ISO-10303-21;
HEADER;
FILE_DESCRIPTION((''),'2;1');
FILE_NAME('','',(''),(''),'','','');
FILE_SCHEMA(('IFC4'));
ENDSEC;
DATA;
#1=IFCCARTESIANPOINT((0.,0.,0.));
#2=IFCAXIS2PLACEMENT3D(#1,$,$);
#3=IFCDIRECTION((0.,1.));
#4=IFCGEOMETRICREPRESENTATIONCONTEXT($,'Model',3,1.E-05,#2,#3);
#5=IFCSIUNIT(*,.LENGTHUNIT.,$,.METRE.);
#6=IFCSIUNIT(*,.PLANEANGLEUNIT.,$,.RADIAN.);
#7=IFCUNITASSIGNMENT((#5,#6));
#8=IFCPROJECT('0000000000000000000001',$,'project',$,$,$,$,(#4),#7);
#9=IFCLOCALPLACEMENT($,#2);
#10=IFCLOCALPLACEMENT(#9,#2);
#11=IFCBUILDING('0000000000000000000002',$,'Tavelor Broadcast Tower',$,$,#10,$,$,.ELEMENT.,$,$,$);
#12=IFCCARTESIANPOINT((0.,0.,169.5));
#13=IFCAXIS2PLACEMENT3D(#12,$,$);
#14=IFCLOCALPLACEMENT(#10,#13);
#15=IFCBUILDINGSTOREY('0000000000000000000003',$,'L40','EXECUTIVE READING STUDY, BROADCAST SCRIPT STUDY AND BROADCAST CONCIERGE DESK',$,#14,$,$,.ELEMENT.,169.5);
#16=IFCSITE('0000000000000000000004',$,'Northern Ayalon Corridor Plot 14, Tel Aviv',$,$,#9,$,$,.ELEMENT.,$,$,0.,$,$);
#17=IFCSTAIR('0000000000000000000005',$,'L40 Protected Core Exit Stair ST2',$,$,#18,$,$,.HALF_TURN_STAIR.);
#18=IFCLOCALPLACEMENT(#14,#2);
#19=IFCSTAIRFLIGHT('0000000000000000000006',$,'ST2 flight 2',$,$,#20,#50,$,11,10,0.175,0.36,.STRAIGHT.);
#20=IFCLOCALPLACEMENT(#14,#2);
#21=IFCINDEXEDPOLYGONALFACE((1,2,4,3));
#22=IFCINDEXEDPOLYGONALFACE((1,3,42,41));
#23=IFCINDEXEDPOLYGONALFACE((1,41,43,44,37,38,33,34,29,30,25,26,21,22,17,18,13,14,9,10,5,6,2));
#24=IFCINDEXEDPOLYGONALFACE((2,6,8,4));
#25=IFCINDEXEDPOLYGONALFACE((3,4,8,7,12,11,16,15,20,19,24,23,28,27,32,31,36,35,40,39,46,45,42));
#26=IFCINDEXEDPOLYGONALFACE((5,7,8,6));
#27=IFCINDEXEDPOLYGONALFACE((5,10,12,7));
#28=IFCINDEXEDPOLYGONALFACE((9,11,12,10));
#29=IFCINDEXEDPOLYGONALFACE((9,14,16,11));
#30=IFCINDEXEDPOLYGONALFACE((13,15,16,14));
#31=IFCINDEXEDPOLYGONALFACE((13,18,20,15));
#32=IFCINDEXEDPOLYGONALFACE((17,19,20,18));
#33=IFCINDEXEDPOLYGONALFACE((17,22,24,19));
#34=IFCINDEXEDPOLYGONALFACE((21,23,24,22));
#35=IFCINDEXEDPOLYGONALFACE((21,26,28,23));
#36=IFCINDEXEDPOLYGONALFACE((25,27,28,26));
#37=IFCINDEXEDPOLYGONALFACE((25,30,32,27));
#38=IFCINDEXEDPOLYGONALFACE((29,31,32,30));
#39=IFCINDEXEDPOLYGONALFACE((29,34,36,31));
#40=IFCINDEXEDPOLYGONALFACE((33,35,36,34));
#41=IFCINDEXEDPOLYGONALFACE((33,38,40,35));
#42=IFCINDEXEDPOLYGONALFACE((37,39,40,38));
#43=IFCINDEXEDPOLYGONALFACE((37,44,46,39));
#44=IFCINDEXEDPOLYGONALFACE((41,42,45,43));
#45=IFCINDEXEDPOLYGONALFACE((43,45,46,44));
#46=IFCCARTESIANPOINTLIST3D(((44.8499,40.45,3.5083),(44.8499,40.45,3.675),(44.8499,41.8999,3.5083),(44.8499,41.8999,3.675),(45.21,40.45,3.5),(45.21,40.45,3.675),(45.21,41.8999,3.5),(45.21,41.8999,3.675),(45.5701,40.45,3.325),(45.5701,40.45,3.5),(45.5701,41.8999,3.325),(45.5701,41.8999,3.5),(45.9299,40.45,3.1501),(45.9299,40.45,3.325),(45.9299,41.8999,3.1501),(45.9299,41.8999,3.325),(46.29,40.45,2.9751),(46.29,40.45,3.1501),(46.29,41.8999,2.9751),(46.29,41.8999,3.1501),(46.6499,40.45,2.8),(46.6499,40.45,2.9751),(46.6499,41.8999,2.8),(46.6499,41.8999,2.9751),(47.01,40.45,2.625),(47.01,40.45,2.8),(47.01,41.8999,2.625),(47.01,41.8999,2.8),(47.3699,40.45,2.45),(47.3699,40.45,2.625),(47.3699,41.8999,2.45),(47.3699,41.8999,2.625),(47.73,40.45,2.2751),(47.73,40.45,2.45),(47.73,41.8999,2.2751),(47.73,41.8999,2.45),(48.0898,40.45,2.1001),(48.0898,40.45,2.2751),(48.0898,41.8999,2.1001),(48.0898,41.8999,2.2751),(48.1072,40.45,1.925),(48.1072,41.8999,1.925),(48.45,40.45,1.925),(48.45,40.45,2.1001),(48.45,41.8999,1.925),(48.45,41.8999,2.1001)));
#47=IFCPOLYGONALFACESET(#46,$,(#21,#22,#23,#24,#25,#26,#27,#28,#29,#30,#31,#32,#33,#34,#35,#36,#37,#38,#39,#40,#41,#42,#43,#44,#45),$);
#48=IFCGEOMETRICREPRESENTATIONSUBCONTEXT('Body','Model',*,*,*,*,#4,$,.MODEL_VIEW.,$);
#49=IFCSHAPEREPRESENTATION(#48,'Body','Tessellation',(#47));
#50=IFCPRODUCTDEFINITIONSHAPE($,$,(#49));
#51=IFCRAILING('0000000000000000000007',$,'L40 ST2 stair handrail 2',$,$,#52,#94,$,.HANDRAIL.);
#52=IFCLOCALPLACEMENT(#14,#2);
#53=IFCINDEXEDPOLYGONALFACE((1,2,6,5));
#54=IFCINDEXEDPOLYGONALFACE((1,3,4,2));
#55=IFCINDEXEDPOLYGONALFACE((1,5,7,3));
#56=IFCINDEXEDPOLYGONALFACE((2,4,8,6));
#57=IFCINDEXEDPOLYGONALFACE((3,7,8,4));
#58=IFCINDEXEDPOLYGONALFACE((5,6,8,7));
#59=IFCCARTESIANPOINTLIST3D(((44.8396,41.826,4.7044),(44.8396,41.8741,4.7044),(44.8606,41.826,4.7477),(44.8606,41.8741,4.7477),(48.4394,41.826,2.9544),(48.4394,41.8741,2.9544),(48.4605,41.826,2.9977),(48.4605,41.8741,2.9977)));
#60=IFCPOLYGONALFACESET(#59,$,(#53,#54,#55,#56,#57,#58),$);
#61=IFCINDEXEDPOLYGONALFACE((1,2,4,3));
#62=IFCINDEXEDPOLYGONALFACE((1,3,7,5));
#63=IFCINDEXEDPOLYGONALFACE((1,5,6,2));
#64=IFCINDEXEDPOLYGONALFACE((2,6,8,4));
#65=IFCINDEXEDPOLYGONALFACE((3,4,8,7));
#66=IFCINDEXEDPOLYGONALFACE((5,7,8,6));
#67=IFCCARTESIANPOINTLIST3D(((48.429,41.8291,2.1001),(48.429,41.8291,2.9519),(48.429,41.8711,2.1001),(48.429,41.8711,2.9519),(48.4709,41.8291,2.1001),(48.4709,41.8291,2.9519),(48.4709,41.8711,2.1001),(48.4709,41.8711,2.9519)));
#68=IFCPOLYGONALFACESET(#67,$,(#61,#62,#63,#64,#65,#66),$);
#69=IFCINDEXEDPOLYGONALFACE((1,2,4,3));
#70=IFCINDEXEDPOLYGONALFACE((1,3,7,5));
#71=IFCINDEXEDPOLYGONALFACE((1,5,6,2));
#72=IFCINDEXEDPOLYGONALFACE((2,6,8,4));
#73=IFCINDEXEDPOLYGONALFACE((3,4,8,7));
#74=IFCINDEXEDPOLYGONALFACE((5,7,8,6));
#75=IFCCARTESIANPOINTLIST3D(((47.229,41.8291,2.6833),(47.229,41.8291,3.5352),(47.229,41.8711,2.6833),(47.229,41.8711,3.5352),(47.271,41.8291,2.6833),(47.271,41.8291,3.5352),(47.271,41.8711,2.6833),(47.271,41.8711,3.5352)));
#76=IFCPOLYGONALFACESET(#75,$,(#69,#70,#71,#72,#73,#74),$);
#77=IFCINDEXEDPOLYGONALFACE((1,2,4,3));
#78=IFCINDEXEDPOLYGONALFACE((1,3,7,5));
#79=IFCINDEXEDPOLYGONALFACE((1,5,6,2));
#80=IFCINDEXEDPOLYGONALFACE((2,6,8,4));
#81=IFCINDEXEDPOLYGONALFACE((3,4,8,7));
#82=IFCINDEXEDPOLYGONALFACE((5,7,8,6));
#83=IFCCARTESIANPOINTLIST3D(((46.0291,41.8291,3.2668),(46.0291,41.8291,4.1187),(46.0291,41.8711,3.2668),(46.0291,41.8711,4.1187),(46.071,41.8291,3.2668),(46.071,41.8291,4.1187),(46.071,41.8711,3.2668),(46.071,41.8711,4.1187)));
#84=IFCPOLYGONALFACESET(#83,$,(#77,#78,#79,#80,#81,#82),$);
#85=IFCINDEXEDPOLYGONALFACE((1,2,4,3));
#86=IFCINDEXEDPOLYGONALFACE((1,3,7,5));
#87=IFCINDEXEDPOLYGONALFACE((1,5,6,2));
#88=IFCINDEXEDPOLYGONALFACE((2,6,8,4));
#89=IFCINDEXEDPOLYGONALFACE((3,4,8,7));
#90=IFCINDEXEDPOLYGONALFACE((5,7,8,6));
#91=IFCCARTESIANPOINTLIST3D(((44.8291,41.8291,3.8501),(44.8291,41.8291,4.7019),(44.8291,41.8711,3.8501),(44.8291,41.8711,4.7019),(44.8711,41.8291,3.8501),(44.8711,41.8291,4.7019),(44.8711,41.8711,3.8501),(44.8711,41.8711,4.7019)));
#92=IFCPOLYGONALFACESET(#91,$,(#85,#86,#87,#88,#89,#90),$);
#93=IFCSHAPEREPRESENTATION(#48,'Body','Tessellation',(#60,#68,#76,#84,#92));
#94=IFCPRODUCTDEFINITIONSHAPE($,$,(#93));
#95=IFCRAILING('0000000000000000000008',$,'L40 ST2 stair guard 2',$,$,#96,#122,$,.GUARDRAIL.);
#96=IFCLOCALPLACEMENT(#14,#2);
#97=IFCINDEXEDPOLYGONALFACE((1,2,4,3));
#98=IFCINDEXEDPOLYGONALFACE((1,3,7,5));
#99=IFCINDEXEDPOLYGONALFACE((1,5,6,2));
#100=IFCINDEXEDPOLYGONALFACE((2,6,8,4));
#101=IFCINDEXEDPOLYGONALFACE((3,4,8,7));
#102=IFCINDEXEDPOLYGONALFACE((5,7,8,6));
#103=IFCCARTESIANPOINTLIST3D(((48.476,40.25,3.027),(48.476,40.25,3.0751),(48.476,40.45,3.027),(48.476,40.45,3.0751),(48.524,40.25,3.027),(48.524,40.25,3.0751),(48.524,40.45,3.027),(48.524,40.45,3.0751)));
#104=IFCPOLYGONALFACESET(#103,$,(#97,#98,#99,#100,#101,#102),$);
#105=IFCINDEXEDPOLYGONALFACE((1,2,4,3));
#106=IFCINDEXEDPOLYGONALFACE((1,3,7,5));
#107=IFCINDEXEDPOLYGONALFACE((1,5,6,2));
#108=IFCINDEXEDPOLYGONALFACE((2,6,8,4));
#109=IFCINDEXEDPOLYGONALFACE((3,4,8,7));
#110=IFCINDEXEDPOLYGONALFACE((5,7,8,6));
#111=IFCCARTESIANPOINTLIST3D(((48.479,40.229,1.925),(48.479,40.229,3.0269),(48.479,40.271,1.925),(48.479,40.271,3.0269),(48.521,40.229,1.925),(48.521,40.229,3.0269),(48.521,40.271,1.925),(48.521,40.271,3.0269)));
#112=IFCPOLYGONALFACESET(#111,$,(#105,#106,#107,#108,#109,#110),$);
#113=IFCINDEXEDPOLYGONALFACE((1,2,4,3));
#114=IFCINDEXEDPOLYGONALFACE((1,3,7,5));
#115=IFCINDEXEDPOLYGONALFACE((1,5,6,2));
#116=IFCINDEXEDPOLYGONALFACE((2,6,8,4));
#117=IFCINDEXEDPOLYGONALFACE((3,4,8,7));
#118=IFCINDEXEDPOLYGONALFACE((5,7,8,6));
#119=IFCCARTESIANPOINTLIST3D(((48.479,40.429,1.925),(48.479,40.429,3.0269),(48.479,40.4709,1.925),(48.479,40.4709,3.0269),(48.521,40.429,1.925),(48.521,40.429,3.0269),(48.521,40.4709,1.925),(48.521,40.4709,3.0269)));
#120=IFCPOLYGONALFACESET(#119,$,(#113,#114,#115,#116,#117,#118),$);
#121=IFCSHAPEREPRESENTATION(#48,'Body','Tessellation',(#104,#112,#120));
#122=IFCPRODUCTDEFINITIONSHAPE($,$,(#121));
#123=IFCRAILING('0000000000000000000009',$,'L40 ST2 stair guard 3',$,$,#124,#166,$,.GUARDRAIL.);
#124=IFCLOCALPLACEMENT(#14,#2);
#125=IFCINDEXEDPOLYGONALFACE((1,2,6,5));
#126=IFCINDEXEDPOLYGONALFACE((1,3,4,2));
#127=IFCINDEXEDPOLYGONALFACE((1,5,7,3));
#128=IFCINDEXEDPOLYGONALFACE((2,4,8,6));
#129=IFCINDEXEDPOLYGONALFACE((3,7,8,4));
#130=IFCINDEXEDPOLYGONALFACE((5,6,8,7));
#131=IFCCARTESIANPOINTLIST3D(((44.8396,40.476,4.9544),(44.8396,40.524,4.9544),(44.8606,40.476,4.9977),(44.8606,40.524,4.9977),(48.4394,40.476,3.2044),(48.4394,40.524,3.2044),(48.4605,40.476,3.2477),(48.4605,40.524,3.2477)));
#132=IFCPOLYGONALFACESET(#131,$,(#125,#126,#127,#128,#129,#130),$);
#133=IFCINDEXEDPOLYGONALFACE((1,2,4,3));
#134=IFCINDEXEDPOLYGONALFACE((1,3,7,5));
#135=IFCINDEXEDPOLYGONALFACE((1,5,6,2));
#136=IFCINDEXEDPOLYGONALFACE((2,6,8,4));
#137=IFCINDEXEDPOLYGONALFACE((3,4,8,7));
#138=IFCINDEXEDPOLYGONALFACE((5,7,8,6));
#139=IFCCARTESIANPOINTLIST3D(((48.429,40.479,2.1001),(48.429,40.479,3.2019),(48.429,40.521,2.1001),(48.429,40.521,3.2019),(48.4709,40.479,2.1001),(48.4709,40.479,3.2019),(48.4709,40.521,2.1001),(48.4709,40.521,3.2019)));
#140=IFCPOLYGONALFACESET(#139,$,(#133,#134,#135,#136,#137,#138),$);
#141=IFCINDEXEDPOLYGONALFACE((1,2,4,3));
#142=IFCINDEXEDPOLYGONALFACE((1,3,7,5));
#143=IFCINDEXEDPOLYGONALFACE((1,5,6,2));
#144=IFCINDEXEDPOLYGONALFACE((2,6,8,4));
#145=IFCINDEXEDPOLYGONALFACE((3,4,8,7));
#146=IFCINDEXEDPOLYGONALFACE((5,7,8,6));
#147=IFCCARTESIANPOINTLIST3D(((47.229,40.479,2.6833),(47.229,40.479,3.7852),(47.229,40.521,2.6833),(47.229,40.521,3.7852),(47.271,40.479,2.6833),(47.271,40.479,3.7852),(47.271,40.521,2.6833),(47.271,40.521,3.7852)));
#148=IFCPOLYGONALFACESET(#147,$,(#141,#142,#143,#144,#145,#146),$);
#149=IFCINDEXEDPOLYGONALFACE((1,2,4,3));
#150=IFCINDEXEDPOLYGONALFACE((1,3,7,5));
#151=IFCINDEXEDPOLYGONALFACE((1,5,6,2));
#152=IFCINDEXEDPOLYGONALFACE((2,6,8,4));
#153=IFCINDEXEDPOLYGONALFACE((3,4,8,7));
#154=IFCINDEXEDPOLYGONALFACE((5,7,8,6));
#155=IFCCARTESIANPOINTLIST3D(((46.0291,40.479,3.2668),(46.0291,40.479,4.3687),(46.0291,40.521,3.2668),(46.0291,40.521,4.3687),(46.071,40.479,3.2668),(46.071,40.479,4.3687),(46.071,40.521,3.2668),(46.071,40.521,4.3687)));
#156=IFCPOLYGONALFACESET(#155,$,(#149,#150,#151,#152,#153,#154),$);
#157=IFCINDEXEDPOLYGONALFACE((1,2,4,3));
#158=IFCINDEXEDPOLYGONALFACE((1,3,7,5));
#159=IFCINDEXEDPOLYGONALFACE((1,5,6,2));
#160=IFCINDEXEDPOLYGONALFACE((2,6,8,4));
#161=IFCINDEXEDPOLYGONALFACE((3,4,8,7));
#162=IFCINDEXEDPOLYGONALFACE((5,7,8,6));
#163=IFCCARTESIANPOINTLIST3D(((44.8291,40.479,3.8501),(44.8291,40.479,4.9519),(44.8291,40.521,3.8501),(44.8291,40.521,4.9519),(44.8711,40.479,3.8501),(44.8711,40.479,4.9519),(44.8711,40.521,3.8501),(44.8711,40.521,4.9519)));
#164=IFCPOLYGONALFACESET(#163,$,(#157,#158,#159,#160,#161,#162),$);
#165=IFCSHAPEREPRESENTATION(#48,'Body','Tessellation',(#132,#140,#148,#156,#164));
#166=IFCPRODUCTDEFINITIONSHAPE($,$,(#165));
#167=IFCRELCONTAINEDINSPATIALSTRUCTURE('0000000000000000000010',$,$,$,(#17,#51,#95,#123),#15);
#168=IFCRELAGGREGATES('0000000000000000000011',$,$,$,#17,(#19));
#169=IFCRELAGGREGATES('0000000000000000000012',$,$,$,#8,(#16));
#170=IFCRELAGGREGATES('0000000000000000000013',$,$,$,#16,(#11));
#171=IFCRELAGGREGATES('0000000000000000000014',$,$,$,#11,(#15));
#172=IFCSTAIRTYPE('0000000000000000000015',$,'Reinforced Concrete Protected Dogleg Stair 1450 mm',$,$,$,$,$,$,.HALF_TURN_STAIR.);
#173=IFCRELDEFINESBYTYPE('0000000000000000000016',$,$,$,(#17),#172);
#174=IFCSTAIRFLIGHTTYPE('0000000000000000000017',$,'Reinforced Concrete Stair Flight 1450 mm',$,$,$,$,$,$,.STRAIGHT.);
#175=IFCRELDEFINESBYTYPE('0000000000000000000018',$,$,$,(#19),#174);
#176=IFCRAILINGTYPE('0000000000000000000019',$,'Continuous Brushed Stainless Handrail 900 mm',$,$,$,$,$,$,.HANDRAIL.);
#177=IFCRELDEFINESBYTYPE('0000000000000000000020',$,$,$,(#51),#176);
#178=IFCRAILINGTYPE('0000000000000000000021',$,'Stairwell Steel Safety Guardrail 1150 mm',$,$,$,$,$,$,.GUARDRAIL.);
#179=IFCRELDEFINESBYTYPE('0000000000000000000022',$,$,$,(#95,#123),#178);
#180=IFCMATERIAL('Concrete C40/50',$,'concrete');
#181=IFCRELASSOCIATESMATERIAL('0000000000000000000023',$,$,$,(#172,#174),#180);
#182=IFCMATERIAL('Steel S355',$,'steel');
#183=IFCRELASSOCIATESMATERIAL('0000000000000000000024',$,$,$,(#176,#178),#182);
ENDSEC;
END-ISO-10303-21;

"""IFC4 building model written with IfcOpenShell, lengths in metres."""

from ifc_helpers import new_model, si_unit, direction, frame, origin, origin_2d, place, context, subcontext, project, spatial, polyline, rectangle, outline, extrude, material, type_object, element, aggregate, save


model = new_model("IFC4")

# Units and contexts
model_context = context("Model", 3, precision=1e-05, world=origin(), true_north=direction((0.0, 1.0)))
body_context = subcontext(model_context, "Body", "Model", "MODEL_VIEW")
ifc_project = project(units=[si_unit("LENGTHUNIT", "METRE"), si_unit("PLANEANGLEUNIT", "RADIAN")], contexts=[model_context])

# Site, building, storey
site_placement = place(None, origin())
site = spatial("IfcSite", under=ifc_project, at=site_placement, Name="Northern Ayalon Corridor Plot 14, Tel Aviv", CompositionType="ELEMENT", RefElevation=0.0)
building_placement = place(site_placement, origin())
building = spatial("IfcBuilding", under=site, at=building_placement, Name="Tavelor Broadcast Tower", CompositionType="ELEMENT")
storey_placement = place(building_placement, frame((0.0, 0.0, 169.5)))
storey = spatial("IfcBuildingStorey", under=building, at=storey_placement, Name="L40", Description="EXECUTIVE READING STUDY, BROADCAST SCRIPT STUDY AND BROADCAST CONCIERGE DESK", CompositionType="ELEMENT", Elevation=169.5)

# Shared definitions
ifc_material_1 = material(Name="Concrete C40/50", Category="concrete")
ifc_material_2 = material(Name="Steel S355", Category="steel")

# Stair, stair flight
stair_type = type_object("IfcStairType", Name="Reinforced Concrete Protected Dogleg Stair 1450 mm", PredefinedType="HALF_TURN_STAIR", material=ifc_material_1)
stair_placement = place(storey_placement, origin())
stair = element("IfcStair", 1, at=stair_placement, inside=storey, type_object=stair_type, Name="L40 Protected Core Exit Stair ST2", PredefinedType="HALF_TURN_STAIR")
stair_flight_type = type_object("IfcStairFlightType", Name="Reinforced Concrete Stair Flight 1450 mm", PredefinedType="STRAIGHT", material=ifc_material_1)
stair_flight_placement = place(storey_placement, frame((48.45, 41.175, 1.925), z_axis=(0.0, 0.0, 1.0), x_axis=(-1.0, 0.0, 0.0)))
stair_flight = element("IfcStairFlight", 2, at=stair_flight_placement, type_object=stair_flight_type, Name="ST2 flight 2", NumberOfRisers=11, NumberOfTreads=10, PredefinedType="STRAIGHT", RiserHeight=0.175, TreadLength=0.36, context=body_context, shape_type="SweptSolid", body=[
    extrude(outline(polyline([(0.0, 0.0), (0.0, 0.175), (0.3601, 0.175), (0.3601, 0.3501), (0.72, 0.3501), (0.72, 0.5249), (1.0801, 0.5249), (1.0801, 0.7), (1.4399, 0.7), (1.4399, 0.875), (1.8, 0.875), (1.8, 1.05), (2.1599, 1.05), (2.1599, 1.2251), (2.52, 1.2251), (2.52, 1.3999), (2.8799, 1.3999), (2.8799, 1.575), (3.24, 1.575), (3.24, 1.75), (3.6001, 1.75), (3.6001, 1.925), (3.6001, 1.5833), (0.3428, 0.0), (0.0, 0.0)])), frame((0.0, 0.7251, 0.0), z_axis=(0.0, -1.0, 0.0), x_axis=(1.0, 0.0, 0.0)), (0.0, 0.0, 1.0), 1.45),
])
aggregate(stair, [stair_flight])

# Railings
railing_type_1 = type_object("IfcRailingType", Name="Continuous Brushed Stainless Handrail 900 mm", PredefinedType="HANDRAIL", material=ifc_material_2)
railing_1_placement = place(storey_placement, frame((48.45, 41.8501, 2.1001)))
element("IfcRailing", 3, at=railing_1_placement, inside=storey, type_object=railing_type_1, Name="L40 ST2 stair handrail 2", PredefinedType="HANDRAIL", context=body_context, shape_type="SweptSolid", body=[
    extrude(rectangle(XDim=0.0481, YDim=0.0481, at=origin_2d()), frame((0.0, 0.0, 0.876), z_axis=(-0.899361, 0.0, 0.437207), x_axis=(0.0, -1.0, 0.0)), (0.0, 0.0, 1.0), 4.0027),
    extrude(rectangle(XDim=0.042, YDim=0.042, at=origin_2d()), origin(), (0.0, 0.0, 1.0), 0.8518),
    extrude(rectangle(XDim=0.042, YDim=0.042, at=origin_2d()), frame((-1.2, 0.0, 0.5833)), (0.0, 0.0, 1.0), 0.8518),
    extrude(rectangle(XDim=0.042, YDim=0.042, at=origin_2d()), frame((-2.3999, 0.0, 1.1667)), (0.0, 0.0, 1.0), 0.8518),
    extrude(rectangle(XDim=0.042, YDim=0.042, at=origin_2d()), frame((-3.5999, 0.0, 1.75)), (0.0, 0.0, 1.0), 0.8518),
])
railing_type_2 = type_object("IfcRailingType", Name="Stairwell Steel Safety Guardrail 1150 mm", PredefinedType="GUARDRAIL", material=ifc_material_2)
railing_2_placement = place(storey_placement, frame((48.5, 40.25, 1.925)))
element("IfcRailing", 4, at=railing_2_placement, inside=storey, type_object=railing_type_2, Name="L40 ST2 stair guard 2", PredefinedType="GUARDRAIL", context=body_context, shape_type="SweptSolid", body=[
    extrude(rectangle(XDim=0.0481, YDim=0.0481, at=origin_2d()), frame((0.0, 0.0, 1.126), z_axis=(0.0, 1.0, 0.0), x_axis=(-1.0, 0.0, 0.0)), (0.0, 0.0, 1.0), 0.2),
    extrude(rectangle(XDim=0.042, YDim=0.042, at=origin_2d()), origin(), (0.0, 0.0, 1.0), 1.1018),
    extrude(rectangle(XDim=0.042, YDim=0.042, at=origin_2d()), frame((0.0, 0.2, 0.0)), (0.0, 0.0, 1.0), 1.1018),
])
railing_3_placement = place(storey_placement, frame((48.45, 40.5, 2.1001)))
element("IfcRailing", 5, at=railing_3_placement, inside=storey, type_object=railing_type_2, Name="L40 ST2 stair guard 3", PredefinedType="GUARDRAIL", context=body_context, shape_type="SweptSolid", body=[
    extrude(rectangle(XDim=0.0481, YDim=0.0481, at=origin_2d()), frame((0.0, 0.0, 1.126), z_axis=(-0.899361, 0.0, 0.437207), x_axis=(0.0, -1.0, 0.0)), (0.0, 0.0, 1.0), 4.0027),
    extrude(rectangle(XDim=0.042, YDim=0.042, at=origin_2d()), origin(), (0.0, 0.0, 1.0), 1.1018),
    extrude(rectangle(XDim=0.042, YDim=0.042, at=origin_2d()), frame((-1.2, 0.0, 0.5833)), (0.0, 0.0, 1.0), 1.1018),
    extrude(rectangle(XDim=0.042, YDim=0.042, at=origin_2d()), frame((-2.3999, 0.0, 1.1667)), (0.0, 0.0, 1.0), 1.1018),
    extrude(rectangle(XDim=0.042, YDim=0.042, at=origin_2d()), frame((-3.5999, 0.0, 1.75)), (0.0, 0.0, 1.0), 1.1018),
])

save(model, "model.ifc")
